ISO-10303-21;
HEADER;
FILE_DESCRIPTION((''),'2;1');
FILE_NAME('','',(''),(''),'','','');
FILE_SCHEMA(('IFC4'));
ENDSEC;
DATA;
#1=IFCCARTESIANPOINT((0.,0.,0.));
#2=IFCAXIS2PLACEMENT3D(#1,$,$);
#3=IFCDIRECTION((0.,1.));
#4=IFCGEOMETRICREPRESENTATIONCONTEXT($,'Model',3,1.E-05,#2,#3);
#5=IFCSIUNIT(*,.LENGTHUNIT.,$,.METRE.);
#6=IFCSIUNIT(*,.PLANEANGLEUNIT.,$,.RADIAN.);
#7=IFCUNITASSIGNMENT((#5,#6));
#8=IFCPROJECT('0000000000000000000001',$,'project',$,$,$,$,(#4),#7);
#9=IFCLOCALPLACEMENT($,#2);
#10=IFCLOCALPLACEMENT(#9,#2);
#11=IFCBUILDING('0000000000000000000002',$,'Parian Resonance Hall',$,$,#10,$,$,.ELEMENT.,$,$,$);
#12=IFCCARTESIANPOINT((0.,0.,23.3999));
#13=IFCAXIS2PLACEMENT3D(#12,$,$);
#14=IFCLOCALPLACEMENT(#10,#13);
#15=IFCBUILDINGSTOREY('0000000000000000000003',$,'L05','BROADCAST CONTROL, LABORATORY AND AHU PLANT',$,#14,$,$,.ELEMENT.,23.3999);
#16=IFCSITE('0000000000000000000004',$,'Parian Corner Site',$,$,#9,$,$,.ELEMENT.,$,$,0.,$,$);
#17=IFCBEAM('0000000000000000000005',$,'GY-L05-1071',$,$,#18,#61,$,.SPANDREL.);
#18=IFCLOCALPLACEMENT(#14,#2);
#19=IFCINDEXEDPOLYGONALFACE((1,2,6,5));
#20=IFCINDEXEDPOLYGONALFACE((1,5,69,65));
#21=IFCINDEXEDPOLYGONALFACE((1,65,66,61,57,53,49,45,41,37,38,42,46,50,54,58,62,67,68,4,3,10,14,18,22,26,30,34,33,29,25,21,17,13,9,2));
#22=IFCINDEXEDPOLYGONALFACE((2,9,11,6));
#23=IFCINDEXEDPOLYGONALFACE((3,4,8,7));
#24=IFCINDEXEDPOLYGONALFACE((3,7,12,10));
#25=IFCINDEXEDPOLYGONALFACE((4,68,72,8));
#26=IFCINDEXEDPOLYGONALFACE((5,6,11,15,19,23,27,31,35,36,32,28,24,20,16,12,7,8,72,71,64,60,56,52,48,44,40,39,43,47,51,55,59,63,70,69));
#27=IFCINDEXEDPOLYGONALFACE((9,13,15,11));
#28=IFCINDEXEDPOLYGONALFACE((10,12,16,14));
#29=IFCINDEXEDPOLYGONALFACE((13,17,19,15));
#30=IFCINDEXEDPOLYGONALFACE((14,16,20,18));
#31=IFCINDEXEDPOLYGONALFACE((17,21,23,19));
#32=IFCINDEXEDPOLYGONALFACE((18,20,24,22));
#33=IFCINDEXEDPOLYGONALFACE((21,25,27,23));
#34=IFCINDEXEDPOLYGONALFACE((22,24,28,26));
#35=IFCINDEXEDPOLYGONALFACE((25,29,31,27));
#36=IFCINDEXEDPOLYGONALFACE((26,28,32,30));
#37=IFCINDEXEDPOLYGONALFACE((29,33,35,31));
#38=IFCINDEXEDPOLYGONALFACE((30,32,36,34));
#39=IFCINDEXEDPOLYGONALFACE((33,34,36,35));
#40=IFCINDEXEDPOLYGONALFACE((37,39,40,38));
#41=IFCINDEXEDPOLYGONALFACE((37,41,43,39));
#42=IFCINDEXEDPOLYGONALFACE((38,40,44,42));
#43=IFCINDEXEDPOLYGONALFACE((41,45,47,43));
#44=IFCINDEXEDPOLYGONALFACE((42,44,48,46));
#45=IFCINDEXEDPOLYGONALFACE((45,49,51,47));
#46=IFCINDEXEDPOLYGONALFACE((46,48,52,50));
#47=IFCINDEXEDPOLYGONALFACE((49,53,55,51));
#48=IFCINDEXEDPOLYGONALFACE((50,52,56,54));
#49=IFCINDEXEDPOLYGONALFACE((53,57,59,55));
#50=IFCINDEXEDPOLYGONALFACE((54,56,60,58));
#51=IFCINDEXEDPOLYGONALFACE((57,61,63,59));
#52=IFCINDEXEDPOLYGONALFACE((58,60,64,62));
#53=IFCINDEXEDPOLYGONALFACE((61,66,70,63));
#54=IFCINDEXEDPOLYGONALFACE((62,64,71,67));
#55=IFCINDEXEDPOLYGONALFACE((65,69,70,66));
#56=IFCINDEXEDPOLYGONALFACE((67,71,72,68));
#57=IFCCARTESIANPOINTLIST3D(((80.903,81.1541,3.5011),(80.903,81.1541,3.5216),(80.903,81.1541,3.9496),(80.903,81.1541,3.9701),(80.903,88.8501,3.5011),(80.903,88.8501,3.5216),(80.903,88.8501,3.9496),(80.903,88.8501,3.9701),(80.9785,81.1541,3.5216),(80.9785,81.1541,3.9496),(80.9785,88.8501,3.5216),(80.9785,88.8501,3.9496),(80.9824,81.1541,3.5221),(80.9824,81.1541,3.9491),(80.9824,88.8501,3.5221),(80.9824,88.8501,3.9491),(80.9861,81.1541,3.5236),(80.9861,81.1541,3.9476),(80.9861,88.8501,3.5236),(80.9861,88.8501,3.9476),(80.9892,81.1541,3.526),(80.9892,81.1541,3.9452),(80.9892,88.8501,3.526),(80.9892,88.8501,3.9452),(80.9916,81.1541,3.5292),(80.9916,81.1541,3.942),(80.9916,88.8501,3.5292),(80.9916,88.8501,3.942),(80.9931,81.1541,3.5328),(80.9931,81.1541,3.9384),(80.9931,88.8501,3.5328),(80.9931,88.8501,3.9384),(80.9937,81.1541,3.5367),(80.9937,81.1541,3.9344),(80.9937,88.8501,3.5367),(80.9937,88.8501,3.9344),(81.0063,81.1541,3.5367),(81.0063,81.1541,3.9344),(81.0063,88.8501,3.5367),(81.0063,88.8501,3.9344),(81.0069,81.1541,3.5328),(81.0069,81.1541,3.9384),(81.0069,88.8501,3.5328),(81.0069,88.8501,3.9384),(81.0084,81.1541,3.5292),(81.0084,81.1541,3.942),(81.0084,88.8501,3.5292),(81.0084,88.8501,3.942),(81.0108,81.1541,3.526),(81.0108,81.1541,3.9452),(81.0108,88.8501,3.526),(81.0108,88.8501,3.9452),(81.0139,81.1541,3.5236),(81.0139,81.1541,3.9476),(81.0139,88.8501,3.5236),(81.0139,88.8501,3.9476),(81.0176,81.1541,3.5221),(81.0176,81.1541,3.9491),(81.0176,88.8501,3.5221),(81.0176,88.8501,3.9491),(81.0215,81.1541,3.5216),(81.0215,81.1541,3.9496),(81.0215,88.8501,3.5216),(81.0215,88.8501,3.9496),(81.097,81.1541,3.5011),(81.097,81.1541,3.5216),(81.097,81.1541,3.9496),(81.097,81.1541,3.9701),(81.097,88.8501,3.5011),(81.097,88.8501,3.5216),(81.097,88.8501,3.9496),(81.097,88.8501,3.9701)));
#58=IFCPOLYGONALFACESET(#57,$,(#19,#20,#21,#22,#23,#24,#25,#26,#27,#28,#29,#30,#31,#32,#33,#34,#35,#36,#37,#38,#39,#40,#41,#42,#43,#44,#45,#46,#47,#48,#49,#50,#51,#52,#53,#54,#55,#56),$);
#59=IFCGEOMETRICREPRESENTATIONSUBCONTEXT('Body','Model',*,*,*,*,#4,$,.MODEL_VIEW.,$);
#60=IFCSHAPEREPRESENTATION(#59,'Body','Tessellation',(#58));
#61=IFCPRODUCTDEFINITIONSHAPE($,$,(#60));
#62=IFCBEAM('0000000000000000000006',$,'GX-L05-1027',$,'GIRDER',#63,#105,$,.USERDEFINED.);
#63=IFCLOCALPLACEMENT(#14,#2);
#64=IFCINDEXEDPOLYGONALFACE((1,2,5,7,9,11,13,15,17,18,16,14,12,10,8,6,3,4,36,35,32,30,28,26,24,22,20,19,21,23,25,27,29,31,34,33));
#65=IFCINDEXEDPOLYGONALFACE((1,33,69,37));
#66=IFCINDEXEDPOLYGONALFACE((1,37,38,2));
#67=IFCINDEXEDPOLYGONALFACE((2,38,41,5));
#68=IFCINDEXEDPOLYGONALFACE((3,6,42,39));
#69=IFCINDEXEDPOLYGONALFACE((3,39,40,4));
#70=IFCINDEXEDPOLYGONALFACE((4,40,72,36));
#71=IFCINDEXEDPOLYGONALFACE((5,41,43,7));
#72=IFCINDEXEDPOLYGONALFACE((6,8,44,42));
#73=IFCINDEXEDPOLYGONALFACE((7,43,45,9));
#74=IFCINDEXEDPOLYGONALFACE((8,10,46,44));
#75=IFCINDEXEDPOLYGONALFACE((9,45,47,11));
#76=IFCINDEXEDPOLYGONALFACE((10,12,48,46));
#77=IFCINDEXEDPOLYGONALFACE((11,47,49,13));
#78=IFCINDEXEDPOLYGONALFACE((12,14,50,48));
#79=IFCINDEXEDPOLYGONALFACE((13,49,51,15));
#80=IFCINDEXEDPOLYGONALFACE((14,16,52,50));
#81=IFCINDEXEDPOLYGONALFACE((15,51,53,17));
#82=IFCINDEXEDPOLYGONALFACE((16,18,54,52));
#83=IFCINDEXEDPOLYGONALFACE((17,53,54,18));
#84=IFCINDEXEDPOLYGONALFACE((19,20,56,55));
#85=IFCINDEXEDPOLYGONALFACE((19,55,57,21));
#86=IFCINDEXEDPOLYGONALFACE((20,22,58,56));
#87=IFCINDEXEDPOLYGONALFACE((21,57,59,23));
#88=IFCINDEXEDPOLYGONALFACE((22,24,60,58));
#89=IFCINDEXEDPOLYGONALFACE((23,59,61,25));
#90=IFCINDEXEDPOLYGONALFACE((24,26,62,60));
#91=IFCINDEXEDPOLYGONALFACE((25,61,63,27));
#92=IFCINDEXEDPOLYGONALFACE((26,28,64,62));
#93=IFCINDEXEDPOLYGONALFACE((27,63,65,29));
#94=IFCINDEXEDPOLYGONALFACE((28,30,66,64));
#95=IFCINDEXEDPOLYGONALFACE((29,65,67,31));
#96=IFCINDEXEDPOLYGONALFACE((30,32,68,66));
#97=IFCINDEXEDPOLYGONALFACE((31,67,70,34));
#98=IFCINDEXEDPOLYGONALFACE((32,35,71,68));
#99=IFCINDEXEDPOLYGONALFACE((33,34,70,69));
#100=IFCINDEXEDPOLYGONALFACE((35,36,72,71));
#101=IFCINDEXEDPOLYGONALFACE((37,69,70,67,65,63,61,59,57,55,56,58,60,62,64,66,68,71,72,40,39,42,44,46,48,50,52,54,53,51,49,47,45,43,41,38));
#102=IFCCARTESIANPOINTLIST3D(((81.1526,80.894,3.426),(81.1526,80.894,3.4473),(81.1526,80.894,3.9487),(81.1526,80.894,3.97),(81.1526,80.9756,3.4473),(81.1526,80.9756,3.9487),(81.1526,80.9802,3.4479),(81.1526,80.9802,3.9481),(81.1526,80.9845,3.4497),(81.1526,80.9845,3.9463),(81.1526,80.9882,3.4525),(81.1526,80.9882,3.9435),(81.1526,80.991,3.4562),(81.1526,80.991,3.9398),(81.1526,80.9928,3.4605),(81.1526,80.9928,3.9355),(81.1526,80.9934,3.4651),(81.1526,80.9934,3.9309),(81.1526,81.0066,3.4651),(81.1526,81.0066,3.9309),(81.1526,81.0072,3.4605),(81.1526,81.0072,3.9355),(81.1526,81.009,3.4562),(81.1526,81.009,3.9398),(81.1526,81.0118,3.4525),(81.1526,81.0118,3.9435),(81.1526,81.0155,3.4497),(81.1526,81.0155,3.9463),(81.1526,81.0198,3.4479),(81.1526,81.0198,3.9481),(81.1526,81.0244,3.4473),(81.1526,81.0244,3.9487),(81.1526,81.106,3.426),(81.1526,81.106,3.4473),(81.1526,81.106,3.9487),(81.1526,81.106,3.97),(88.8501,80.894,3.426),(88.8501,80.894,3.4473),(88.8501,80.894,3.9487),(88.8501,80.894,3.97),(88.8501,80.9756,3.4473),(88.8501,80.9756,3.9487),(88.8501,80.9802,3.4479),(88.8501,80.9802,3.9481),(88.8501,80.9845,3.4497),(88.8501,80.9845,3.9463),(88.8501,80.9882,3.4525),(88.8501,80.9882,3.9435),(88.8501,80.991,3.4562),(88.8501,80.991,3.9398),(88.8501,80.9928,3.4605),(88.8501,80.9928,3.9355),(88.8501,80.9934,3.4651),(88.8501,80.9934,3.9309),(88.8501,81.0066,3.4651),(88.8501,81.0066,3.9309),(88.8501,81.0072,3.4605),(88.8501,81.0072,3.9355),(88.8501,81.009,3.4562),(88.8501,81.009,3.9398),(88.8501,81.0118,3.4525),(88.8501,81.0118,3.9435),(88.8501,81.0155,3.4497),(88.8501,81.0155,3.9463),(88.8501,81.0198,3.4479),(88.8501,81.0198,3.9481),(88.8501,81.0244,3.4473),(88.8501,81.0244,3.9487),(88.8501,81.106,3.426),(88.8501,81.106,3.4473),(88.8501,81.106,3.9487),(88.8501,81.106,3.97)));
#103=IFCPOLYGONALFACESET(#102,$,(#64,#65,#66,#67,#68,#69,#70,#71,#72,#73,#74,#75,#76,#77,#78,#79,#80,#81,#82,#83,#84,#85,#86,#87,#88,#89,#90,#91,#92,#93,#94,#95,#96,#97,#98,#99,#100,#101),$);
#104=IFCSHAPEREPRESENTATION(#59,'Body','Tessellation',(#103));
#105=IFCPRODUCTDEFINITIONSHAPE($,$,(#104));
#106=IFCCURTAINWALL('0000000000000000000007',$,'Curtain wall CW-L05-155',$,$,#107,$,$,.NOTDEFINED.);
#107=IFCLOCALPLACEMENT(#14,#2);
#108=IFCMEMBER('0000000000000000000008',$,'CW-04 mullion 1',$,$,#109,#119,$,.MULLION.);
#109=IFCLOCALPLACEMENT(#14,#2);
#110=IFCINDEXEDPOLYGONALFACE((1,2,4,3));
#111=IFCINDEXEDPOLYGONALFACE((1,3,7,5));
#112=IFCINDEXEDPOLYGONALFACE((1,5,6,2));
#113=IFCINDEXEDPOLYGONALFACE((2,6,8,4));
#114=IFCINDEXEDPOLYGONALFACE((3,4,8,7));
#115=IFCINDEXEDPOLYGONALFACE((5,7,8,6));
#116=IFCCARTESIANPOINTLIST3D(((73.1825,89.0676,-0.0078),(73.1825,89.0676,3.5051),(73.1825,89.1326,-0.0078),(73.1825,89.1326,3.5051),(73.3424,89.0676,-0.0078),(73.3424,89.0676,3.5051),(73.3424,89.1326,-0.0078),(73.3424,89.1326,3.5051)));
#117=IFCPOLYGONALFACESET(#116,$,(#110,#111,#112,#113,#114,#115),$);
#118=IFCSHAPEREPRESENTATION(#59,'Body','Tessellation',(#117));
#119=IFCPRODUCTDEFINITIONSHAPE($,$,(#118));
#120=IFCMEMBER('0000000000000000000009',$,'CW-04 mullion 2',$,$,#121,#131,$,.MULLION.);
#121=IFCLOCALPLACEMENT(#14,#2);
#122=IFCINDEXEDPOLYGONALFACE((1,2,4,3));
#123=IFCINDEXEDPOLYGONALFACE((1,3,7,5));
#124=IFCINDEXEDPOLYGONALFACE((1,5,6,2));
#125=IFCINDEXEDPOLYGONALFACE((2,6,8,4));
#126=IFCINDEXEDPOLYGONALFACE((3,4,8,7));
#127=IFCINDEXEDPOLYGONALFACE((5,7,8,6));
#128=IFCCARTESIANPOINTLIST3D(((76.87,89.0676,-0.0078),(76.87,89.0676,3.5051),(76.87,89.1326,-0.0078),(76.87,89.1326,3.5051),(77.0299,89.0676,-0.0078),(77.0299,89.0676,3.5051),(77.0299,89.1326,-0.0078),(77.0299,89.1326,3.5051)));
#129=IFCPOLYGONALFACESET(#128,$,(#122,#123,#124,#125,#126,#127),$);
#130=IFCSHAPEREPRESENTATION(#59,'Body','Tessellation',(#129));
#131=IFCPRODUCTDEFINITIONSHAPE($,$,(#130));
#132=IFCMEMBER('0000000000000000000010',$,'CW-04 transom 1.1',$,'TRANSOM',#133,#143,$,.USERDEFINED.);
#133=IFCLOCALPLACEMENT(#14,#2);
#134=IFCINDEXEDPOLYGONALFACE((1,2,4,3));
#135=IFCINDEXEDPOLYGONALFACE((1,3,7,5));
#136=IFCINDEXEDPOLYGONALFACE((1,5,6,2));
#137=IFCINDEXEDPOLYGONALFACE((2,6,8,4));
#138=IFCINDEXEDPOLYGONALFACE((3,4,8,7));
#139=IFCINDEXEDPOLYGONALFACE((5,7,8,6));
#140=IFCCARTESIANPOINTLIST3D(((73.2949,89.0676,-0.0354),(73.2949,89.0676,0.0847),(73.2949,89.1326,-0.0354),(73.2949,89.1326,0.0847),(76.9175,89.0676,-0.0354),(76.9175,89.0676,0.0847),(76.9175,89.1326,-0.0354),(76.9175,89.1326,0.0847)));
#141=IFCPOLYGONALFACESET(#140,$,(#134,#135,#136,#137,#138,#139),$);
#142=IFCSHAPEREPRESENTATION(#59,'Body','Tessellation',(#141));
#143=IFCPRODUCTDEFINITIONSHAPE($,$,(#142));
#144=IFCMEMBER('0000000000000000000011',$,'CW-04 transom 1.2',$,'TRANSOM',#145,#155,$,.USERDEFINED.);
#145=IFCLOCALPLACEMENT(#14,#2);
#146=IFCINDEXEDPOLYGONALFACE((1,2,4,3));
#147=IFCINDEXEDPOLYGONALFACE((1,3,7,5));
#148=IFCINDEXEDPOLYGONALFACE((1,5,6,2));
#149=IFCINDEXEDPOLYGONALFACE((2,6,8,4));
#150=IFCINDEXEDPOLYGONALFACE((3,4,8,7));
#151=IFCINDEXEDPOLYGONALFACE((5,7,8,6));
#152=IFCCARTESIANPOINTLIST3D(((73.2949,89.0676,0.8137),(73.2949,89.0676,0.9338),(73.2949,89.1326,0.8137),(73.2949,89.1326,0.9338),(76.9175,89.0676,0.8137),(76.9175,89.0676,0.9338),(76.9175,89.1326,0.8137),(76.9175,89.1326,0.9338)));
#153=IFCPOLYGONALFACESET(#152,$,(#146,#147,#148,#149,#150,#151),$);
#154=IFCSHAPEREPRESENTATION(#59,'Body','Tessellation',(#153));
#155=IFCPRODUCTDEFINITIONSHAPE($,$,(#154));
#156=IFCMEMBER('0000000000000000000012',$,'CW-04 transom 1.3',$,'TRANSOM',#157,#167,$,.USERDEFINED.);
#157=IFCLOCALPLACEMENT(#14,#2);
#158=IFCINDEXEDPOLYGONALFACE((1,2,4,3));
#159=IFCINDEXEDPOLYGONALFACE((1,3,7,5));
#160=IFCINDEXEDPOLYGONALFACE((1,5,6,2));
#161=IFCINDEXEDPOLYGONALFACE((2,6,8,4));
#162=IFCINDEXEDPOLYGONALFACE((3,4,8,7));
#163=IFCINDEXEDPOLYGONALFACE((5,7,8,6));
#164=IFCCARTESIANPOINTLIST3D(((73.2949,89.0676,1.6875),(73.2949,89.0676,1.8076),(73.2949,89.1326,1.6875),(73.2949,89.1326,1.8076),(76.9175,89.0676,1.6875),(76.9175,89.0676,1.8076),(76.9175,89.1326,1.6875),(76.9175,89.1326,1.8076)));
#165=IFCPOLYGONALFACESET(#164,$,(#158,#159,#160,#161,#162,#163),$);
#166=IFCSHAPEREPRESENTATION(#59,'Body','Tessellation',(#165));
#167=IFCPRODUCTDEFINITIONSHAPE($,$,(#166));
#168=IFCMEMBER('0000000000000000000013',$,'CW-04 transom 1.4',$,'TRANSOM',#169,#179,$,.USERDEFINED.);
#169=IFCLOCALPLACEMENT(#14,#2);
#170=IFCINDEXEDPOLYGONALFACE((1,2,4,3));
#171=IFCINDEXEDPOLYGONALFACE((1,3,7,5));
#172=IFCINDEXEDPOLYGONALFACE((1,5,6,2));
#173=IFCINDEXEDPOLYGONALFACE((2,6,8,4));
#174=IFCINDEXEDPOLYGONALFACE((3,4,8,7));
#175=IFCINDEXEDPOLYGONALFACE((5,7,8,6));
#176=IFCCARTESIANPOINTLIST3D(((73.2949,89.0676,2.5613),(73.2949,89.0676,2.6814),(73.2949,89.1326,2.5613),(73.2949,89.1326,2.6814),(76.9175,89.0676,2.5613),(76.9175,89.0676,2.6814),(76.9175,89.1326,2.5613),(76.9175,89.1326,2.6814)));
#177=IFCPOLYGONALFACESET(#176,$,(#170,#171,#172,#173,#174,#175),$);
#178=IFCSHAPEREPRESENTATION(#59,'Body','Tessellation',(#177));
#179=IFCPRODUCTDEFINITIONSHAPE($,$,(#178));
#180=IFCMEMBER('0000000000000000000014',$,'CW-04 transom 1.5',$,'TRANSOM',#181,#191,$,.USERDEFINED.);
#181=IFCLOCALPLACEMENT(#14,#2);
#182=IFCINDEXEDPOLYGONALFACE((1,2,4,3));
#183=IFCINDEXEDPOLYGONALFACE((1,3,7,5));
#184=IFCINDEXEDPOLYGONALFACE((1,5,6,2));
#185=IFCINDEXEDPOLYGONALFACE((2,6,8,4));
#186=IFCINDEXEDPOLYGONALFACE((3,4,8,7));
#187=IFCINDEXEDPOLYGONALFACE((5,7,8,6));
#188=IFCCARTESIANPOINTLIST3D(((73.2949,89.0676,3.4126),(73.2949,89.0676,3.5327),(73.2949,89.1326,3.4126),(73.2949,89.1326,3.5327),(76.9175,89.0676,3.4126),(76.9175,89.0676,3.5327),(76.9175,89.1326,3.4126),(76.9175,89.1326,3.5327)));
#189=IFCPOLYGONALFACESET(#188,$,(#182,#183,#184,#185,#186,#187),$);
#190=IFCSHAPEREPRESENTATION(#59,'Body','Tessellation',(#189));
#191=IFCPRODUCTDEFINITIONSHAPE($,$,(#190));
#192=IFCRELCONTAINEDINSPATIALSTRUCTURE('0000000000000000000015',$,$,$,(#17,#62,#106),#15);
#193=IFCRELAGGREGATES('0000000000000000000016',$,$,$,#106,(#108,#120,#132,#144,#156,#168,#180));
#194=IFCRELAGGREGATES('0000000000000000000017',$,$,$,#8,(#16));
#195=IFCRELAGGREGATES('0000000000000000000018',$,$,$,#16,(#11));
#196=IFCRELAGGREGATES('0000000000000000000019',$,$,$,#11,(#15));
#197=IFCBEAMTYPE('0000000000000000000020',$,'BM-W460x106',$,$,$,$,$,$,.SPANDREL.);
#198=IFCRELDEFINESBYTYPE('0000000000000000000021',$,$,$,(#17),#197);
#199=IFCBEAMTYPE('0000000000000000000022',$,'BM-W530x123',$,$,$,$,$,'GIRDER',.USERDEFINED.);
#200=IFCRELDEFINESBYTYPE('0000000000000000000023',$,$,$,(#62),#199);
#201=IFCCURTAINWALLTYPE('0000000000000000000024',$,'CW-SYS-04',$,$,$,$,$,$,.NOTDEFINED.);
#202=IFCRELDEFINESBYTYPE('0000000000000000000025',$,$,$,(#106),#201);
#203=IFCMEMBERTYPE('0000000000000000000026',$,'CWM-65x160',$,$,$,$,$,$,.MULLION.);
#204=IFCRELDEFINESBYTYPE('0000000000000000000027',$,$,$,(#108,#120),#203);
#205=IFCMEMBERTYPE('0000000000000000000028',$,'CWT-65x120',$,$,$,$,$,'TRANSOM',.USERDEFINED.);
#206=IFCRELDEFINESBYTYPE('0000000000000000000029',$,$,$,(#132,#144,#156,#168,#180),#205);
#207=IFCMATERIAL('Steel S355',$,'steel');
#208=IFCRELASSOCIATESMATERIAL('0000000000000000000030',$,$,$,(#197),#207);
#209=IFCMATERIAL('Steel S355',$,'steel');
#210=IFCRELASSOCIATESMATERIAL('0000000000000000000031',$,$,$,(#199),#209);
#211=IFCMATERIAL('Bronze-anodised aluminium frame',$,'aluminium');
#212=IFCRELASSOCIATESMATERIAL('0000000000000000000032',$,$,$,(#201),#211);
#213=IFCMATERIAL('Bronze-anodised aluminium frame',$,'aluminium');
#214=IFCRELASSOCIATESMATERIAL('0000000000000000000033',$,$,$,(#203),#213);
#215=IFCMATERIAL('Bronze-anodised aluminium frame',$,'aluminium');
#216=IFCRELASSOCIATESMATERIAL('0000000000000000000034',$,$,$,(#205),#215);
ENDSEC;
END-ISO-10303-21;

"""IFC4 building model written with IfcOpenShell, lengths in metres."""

from ifc_helpers import new_model, si_unit, direction, frame, origin, origin_2d, place, context, subcontext, project, spatial, rectangle, i_section, extrude, material, material_profile, profile_set, type_object, element, aggregate, save


model = new_model("IFC4")

# Units and contexts
model_context = context("Model", 3, precision=1e-05, world=origin(), true_north=direction((0.0, 1.0)))
body_context = subcontext(model_context, "Body", "Model", "MODEL_VIEW")
ifc_project = project(units=[si_unit("LENGTHUNIT", "METRE"), si_unit("PLANEANGLEUNIT", "RADIAN")], contexts=[model_context])

# Site, building, storey
site_placement = place(None, origin())
site = spatial("IfcSite", under=ifc_project, at=site_placement, Name="Parian Corner Site", CompositionType="ELEMENT", RefElevation=0.0)
building_placement = place(site_placement, origin())
building = spatial("IfcBuilding", under=site, at=building_placement, Name="Parian Resonance Hall", CompositionType="ELEMENT")
storey_placement = place(building_placement, frame((0.0, 0.0, 23.3999)))
storey = spatial("IfcBuildingStorey", under=building, at=storey_placement, Name="L05", Description="BROADCAST CONTROL, LABORATORY AND AHU PLANT", CompositionType="ELEMENT", Elevation=23.3999)

# Beams
ifc_material_1 = material(Name="Steel S355", Category="steel")
ifc_material_profile_1 = material_profile(ifc_material_1, i_section(OverallWidth=0.1941, OverallDepth=0.469, WebThickness=0.0127, FlangeThickness=0.0205, FilletRadius=0.0151, at=origin_2d()), Name="W460x106")
ifc_profile_set_1 = profile_set([ifc_material_profile_1], Name="Steel S355")
beam_type_1 = type_object("IfcBeamType", Name="BM-W460x106", PredefinedType="SPANDREL", material=ifc_profile_set_1)
beam_1_placement = place(storey_placement, frame((81.0, 81.1541, 3.7356), z_axis=(0.0, 1.0, 0.0), x_axis=(-1.0, 0.0, 0.0)))
element("IfcBeam", 1, at=beam_1_placement, inside=storey, type_object=beam_type_1, Name="GY-L05-1071", PredefinedType="SPANDREL", context=body_context, shape_type="SweptSolid", body=[
    extrude(i_section(OverallWidth=0.1941, OverallDepth=0.469, WebThickness=0.0127, FlangeThickness=0.0205, FilletRadius=0.0151, at=origin_2d()), origin(), (0.0, 0.0, 1.0), 7.696),
])
ifc_material_2 = material(Name="Steel S355", Category="steel")
ifc_material_profile_2 = material_profile(ifc_material_2, i_section(OverallWidth=0.2119, OverallDepth=0.5439, WebThickness=0.0132, FlangeThickness=0.0212, FilletRadius=0.0178, at=origin_2d()), Name="W530x123")
ifc_profile_set_2 = profile_set([ifc_material_profile_2], Name="Steel S355")
beam_type_2 = type_object("IfcBeamType", Name="BM-W530x123", ElementType="GIRDER", PredefinedType="USERDEFINED", material=ifc_profile_set_2)
beam_2_placement = place(storey_placement, frame((81.1526, 81.0, 3.698), z_axis=(1.0, 0.0, 0.0), x_axis=(0.0, 1.0, 0.0)))
element("IfcBeam", 2, at=beam_2_placement, inside=storey, type_object=beam_type_2, Name="GX-L05-1027", ObjectType="GIRDER", PredefinedType="USERDEFINED", context=body_context, shape_type="SweptSolid", body=[
    extrude(i_section(OverallWidth=0.2119, OverallDepth=0.5439, WebThickness=0.0132, FlangeThickness=0.0212, FilletRadius=0.0178, at=origin_2d()), origin(), (0.0, 0.0, 1.0), 7.6975),
])

# Curtain wall, members
ifc_material_3 = material(Name="Bronze-anodised aluminium frame", Category="aluminium")
curtain_wall_type = type_object("IfcCurtainWallType", Name="CW-SYS-04", PredefinedType="NOTDEFINED", material=ifc_material_3)
curtain_wall_placement = place(storey_placement, origin())
curtain_wall = element("IfcCurtainWall", 3, at=curtain_wall_placement, inside=storey, type_object=curtain_wall_type, Name="Curtain wall CW-L05-155", PredefinedType="NOTDEFINED")
ifc_material_4 = material(Name="Bronze-anodised aluminium frame", Category="aluminium")
ifc_material_profile_3 = material_profile(ifc_material_4, rectangle(XDim=0.0649, YDim=0.1599, at=origin_2d()), Name="CWM-65x160")
ifc_profile_set_3 = profile_set([ifc_material_profile_3], Name="Bronze-anodised aluminium frame")
member_type_1 = type_object("IfcMemberType", Name="CWM-65x160", PredefinedType="MULLION", material=ifc_profile_set_3)
member_1_placement = place(storey_placement, frame((73.2625, 89.1001, -0.0078), z_axis=(0.0, 0.0, 1.0), x_axis=(0.0, 1.0, 0.0)))
member_1 = element("IfcMember", 4, at=member_1_placement, type_object=member_type_1, Name="CW-04 mullion 1", PredefinedType="MULLION", context=body_context, shape_type="SweptSolid", body=[
    extrude(rectangle(XDim=0.0649, YDim=0.1599, at=origin_2d()), origin(), (0.0, 0.0, 1.0), 3.5129),
])
member_2_placement = place(storey_placement, frame((76.95, 89.1001, -0.0078), z_axis=(0.0, 0.0, 1.0), x_axis=(0.0, 1.0, 0.0)))
member_2 = element("IfcMember", 5, at=member_2_placement, type_object=member_type_1, Name="CW-04 mullion 2", PredefinedType="MULLION", context=body_context, shape_type="SweptSolid", body=[
    extrude(rectangle(XDim=0.0649, YDim=0.1599, at=origin_2d()), origin(), (0.0, 0.0, 1.0), 3.5129),
])
ifc_material_5 = material(Name="Bronze-anodised aluminium frame", Category="aluminium")
ifc_material_profile_4 = material_profile(ifc_material_5, rectangle(XDim=0.0649, YDim=0.1201, at=origin_2d()), Name="CWT-65x120")
ifc_profile_set_4 = profile_set([ifc_material_profile_4], Name="Bronze-anodised aluminium frame")
member_type_2 = type_object("IfcMemberType", Name="CWT-65x120", ElementType="TRANSOM", PredefinedType="USERDEFINED", material=ifc_profile_set_4)
member_3_placement = place(storey_placement, frame((73.2949, 89.1001, 0.0247), z_axis=(1.0, 0.0, 0.0), x_axis=(0.0, 1.0, 0.0)))
member_3 = element("IfcMember", 6, at=member_3_placement, type_object=member_type_2, Name="CW-04 transom 1.1", ObjectType="TRANSOM", PredefinedType="USERDEFINED", context=body_context, shape_type="SweptSolid", body=[
    extrude(rectangle(XDim=0.0649, YDim=0.1201, at=origin_2d()), origin(), (0.0, 0.0, 1.0), 3.6226),
])
member_4_placement = place(storey_placement, frame((73.2949, 89.1001, 0.8738), z_axis=(1.0, 0.0, 0.0), x_axis=(0.0, 1.0, 0.0)))
member_4 = element("IfcMember", 7, at=member_4_placement, type_object=member_type_2, Name="CW-04 transom 1.2", ObjectType="TRANSOM", PredefinedType="USERDEFINED", context=body_context, shape_type="SweptSolid", body=[
    extrude(rectangle(XDim=0.0649, YDim=0.1201, at=origin_2d()), origin(), (0.0, 0.0, 1.0), 3.6226),
])
member_5_placement = place(storey_placement, frame((73.2949, 89.1001, 1.7476), z_axis=(1.0, 0.0, 0.0), x_axis=(0.0, 1.0, 0.0)))
member_5 = element("IfcMember", 8, at=member_5_placement, type_object=member_type_2, Name="CW-04 transom 1.3", ObjectType="TRANSOM", PredefinedType="USERDEFINED", context=body_context, shape_type="SweptSolid", body=[
    extrude(rectangle(XDim=0.0649, YDim=0.1201, at=origin_2d()), origin(), (0.0, 0.0, 1.0), 3.6226),
])
member_6_placement = place(storey_placement, frame((73.2949, 89.1001, 2.6213), z_axis=(1.0, 0.0, 0.0), x_axis=(0.0, 1.0, 0.0)))
member_6 = element("IfcMember", 9, at=member_6_placement, type_object=member_type_2, Name="CW-04 transom 1.4", ObjectType="TRANSOM", PredefinedType="USERDEFINED", context=body_context, shape_type="SweptSolid", body=[
    extrude(rectangle(XDim=0.0649, YDim=0.1201, at=origin_2d()), origin(), (0.0, 0.0, 1.0), 3.6226),
])
member_7_placement = place(storey_placement, frame((73.2949, 89.1001, 3.4727), z_axis=(1.0, 0.0, 0.0), x_axis=(0.0, 1.0, 0.0)))
member_7 = element("IfcMember", 10, at=member_7_placement, type_object=member_type_2, Name="CW-04 transom 1.5", ObjectType="TRANSOM", PredefinedType="USERDEFINED", context=body_context, shape_type="SweptSolid", body=[
    extrude(rectangle(XDim=0.0649, YDim=0.1201, at=origin_2d()), origin(), (0.0, 0.0, 1.0), 3.6226),
])
aggregate(curtain_wall, [member_1, member_2, member_3, member_4, member_5, member_6, member_7])

save(model, "model.ifc")
